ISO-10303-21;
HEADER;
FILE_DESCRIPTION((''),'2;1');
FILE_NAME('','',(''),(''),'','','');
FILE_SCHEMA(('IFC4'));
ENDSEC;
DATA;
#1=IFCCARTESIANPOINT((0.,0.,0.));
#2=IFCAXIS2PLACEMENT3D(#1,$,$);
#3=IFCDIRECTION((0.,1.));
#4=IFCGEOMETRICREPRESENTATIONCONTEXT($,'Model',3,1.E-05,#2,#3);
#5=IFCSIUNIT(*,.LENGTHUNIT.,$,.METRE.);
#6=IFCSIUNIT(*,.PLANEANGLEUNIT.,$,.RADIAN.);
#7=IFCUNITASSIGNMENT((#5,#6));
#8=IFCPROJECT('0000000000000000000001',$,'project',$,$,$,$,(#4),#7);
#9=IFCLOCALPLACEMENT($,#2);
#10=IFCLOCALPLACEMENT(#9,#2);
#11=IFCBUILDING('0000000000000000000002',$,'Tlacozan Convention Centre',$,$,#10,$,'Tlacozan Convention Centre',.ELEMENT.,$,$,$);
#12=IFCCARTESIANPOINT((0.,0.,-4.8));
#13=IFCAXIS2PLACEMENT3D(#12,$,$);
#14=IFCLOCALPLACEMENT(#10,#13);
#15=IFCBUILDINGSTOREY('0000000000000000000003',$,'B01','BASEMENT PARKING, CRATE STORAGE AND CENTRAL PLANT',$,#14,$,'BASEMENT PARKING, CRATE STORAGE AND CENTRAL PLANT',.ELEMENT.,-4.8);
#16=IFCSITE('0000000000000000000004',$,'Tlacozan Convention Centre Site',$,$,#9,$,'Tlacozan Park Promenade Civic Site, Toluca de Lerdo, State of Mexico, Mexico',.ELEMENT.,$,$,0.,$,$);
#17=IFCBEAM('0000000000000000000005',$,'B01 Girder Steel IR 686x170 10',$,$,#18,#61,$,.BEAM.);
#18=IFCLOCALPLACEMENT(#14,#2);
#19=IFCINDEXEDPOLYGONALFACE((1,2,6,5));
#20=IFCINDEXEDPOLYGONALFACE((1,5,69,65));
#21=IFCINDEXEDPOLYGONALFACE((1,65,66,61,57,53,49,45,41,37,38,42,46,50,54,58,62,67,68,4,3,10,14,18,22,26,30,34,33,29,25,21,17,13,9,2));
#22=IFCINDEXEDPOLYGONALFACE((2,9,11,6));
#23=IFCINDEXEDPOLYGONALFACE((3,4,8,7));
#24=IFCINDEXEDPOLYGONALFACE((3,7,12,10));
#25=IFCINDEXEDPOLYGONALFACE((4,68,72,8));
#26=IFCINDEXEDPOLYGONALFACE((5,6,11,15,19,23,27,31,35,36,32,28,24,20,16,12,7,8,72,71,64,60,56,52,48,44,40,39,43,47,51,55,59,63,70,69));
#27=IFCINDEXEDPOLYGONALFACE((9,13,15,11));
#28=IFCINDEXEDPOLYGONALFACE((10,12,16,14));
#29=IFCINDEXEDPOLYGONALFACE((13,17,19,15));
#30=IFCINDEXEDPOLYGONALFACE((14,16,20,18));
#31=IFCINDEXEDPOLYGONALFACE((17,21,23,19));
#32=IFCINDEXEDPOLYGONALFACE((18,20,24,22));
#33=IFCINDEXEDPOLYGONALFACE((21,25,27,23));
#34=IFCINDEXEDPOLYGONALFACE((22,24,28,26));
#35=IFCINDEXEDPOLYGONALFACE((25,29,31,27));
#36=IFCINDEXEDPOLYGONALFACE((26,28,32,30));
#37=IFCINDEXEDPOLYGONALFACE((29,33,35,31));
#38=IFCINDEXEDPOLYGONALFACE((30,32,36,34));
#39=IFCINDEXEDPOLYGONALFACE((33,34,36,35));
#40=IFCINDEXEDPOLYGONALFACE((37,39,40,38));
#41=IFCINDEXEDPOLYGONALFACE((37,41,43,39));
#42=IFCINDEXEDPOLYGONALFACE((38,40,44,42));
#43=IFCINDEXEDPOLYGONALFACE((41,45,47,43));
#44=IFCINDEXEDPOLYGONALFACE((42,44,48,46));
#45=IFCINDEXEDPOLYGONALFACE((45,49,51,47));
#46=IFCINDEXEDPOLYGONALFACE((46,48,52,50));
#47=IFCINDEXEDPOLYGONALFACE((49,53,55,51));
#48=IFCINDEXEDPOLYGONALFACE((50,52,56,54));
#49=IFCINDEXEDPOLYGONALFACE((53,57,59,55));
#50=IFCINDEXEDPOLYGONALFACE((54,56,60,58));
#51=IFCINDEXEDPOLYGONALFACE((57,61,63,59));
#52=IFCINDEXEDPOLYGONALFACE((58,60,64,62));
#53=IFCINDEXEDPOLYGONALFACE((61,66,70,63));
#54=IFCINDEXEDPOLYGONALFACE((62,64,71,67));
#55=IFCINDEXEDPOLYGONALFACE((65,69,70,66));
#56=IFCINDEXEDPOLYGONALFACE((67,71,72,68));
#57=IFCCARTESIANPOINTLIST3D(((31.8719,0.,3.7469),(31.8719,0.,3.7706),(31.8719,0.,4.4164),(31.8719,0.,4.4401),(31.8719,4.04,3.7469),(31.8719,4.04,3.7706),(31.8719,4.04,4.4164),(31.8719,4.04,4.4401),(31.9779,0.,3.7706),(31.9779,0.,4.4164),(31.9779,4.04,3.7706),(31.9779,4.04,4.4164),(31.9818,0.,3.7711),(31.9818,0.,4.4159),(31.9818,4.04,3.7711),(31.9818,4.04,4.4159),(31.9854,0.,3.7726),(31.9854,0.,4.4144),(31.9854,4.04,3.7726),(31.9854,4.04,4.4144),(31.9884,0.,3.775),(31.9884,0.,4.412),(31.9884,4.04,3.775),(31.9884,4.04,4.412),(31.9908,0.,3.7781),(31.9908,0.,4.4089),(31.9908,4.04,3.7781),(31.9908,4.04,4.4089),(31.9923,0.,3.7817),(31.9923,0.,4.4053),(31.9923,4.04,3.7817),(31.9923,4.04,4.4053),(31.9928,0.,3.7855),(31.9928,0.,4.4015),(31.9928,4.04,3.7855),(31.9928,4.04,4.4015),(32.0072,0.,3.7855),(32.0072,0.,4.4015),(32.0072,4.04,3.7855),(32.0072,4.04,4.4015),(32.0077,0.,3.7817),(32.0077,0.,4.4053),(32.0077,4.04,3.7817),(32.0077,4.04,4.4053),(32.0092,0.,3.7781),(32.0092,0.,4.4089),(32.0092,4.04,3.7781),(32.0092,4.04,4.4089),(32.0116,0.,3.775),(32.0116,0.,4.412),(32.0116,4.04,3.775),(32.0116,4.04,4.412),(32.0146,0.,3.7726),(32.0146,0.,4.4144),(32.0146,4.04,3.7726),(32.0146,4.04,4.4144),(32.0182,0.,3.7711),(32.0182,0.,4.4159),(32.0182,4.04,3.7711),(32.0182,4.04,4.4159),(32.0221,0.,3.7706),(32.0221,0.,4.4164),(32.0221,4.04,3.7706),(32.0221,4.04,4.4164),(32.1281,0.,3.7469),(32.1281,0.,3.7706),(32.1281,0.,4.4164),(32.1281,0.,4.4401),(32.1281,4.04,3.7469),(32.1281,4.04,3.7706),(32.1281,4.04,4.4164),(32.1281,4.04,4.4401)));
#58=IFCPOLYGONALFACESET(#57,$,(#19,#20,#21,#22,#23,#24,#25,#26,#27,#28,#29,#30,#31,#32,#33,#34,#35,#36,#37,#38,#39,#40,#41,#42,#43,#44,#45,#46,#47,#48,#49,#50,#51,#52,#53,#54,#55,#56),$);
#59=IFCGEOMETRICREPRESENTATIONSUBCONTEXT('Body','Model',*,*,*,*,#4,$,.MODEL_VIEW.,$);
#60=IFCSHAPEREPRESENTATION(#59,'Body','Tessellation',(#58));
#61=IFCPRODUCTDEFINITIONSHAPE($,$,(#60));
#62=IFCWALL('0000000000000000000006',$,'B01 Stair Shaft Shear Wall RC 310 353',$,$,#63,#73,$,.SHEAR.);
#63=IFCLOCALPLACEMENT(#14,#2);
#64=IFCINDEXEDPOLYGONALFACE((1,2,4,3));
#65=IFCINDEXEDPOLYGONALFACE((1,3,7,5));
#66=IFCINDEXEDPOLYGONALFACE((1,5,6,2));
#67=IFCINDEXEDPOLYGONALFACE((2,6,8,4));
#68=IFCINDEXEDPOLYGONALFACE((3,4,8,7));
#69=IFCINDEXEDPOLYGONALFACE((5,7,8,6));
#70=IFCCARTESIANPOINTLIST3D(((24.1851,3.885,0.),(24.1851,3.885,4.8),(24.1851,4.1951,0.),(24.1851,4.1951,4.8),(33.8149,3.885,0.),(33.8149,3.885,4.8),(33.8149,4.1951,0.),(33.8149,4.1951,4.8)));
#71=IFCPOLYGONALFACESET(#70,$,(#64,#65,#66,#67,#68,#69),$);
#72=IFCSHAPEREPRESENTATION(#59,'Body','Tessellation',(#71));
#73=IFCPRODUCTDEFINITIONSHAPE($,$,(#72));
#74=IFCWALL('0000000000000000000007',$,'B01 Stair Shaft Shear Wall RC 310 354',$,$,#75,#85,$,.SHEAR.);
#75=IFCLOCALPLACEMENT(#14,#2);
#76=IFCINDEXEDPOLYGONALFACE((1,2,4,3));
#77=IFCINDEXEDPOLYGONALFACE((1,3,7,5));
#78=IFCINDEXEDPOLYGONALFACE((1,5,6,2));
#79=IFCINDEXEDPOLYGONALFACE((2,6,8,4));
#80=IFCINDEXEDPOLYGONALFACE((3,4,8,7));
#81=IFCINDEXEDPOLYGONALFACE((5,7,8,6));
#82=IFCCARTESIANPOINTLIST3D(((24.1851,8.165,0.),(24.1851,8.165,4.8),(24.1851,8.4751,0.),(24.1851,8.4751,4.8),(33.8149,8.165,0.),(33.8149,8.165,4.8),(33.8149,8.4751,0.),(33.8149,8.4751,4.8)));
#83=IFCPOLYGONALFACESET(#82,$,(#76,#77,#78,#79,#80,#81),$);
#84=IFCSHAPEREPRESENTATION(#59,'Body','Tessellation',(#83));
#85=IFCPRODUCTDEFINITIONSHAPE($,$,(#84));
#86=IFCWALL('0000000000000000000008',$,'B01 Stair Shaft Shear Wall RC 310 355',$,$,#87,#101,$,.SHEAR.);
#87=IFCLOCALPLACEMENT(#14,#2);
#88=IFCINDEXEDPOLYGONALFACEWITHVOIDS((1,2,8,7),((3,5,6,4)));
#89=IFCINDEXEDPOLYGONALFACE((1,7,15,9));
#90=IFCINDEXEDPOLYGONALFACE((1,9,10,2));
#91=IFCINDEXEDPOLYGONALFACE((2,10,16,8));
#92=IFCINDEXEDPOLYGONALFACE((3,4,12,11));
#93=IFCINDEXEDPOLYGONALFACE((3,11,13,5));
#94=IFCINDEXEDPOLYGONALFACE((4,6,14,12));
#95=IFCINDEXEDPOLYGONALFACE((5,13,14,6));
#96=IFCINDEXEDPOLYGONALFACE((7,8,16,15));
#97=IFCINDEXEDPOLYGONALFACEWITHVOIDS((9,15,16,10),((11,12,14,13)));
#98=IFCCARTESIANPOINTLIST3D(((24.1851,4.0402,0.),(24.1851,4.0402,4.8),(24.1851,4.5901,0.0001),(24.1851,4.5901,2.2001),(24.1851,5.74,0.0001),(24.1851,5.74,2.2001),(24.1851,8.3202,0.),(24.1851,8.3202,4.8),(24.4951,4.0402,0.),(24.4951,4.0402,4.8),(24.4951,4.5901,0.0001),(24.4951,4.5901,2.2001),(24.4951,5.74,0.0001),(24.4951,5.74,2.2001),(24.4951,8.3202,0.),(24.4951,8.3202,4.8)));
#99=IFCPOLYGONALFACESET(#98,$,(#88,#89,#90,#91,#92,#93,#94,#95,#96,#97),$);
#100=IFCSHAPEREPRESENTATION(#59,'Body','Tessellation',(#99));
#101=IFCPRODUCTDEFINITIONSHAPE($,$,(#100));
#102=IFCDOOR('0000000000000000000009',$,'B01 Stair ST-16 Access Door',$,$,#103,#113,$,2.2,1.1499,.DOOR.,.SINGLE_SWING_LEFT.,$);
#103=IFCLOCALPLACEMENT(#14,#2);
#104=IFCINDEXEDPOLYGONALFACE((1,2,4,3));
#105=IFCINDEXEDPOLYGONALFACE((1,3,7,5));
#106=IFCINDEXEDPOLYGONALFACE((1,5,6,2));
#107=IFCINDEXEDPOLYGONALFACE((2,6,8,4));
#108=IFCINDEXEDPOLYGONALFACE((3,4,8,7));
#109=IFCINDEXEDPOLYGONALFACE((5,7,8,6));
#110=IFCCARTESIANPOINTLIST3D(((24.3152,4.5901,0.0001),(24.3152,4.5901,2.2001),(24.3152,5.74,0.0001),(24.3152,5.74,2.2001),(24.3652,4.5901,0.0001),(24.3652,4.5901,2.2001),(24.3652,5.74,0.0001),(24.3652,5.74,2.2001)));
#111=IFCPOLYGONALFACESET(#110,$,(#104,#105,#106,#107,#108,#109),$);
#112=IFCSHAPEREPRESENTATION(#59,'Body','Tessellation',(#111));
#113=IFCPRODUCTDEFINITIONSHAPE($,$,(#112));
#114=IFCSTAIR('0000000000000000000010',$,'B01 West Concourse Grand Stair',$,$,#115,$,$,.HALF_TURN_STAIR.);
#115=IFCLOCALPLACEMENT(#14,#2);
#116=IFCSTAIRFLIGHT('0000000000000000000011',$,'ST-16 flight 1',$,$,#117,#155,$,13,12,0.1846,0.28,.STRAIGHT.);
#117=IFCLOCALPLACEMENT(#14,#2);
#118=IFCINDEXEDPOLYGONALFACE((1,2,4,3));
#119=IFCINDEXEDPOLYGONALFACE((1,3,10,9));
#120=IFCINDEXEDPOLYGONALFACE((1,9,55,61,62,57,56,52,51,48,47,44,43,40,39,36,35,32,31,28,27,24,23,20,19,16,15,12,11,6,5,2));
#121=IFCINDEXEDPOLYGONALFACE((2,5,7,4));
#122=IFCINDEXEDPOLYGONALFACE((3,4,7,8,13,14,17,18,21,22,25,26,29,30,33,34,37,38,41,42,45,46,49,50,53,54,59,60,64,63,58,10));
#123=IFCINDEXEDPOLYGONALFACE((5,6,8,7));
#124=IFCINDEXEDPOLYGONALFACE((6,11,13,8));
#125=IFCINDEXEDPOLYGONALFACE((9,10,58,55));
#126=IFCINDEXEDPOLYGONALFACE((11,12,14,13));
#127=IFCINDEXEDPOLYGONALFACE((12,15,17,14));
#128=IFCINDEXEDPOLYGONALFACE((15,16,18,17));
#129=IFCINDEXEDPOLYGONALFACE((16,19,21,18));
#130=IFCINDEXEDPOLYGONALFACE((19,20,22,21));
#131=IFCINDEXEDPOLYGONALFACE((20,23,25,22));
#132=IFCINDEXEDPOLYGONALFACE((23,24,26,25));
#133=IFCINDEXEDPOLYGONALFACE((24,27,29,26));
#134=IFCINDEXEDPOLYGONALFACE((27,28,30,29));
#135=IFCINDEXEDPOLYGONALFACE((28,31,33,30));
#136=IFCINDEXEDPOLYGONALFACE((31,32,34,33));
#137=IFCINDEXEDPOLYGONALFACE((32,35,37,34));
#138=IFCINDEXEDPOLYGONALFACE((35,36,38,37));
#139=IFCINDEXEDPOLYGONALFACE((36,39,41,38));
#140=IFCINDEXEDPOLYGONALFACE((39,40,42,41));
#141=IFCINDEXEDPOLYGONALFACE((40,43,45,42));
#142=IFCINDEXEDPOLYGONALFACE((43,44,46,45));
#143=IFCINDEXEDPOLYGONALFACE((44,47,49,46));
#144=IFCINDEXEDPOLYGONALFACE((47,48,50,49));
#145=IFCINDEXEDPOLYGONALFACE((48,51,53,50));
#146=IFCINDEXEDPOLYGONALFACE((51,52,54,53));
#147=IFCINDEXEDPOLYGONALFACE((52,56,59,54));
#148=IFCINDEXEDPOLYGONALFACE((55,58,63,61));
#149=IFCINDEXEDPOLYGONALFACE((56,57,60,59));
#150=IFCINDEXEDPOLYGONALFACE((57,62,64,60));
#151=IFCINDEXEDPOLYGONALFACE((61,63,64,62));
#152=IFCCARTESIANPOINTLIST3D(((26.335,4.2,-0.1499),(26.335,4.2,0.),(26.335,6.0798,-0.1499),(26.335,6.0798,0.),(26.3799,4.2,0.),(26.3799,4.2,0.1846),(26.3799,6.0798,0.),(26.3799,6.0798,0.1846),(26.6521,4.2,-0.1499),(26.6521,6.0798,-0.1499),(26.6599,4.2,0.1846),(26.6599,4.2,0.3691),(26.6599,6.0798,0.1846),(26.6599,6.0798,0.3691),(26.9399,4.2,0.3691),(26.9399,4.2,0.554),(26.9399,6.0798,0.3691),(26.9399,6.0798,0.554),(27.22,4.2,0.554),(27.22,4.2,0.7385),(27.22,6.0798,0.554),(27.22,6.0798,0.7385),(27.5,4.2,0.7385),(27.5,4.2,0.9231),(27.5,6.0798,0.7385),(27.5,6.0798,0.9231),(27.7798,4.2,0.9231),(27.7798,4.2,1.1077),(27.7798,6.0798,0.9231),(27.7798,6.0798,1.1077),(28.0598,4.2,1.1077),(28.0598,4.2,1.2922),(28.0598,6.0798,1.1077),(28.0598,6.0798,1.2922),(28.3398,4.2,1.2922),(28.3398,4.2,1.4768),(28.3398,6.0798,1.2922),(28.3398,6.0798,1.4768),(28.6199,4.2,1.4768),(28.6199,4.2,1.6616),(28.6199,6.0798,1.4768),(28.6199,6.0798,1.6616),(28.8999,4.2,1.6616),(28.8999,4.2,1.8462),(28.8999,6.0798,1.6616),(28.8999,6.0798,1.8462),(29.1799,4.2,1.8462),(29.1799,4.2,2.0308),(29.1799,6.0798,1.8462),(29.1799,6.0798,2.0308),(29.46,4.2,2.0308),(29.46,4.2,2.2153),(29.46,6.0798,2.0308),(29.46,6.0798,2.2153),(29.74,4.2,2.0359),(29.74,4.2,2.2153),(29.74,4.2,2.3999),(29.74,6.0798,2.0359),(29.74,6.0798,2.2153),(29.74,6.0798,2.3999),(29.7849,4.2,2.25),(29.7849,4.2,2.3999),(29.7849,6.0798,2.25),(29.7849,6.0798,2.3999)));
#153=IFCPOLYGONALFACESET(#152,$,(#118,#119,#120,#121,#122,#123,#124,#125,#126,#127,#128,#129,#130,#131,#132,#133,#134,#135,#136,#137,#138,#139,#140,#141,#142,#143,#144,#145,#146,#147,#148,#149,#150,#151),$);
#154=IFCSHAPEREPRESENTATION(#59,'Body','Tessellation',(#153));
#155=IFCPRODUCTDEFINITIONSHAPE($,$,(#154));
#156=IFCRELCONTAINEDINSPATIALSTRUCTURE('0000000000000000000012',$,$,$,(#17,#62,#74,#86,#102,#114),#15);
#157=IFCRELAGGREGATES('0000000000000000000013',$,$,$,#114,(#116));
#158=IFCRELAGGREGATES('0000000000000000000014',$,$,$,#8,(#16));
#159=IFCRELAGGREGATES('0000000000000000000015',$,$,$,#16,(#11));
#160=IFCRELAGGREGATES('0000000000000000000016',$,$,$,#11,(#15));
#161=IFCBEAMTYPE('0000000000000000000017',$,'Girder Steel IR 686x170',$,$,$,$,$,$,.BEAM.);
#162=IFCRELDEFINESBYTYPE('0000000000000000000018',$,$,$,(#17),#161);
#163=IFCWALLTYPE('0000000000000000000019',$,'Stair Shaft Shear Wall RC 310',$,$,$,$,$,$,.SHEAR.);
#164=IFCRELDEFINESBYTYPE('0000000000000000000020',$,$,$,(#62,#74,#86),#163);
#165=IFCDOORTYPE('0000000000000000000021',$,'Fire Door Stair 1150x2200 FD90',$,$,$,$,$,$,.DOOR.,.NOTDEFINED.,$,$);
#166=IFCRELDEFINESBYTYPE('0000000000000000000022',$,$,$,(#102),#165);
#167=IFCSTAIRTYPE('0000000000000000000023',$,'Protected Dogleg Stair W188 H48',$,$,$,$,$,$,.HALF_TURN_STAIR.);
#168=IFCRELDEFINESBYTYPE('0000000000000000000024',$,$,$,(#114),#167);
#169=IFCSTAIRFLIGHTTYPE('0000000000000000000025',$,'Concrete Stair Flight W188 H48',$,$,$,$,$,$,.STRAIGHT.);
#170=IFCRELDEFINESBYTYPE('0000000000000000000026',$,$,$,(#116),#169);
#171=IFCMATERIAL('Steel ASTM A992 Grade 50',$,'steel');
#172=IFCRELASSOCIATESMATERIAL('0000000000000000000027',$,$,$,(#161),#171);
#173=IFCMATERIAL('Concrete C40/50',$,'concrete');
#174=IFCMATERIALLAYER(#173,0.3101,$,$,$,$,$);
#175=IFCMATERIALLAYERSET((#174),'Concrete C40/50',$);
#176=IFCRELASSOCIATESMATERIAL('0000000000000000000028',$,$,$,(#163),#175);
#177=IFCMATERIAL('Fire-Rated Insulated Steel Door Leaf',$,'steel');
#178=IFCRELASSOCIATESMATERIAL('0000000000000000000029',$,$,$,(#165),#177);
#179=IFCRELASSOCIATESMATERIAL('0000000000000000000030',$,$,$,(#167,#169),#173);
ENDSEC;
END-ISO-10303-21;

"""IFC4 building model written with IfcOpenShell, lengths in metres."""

from ifc_helpers import new_model, si_unit, direction, frame, frame_2d, origin, origin_2d, place, context, subcontext, project, spatial, polyline, rectangle, i_section, outline, extrude, material, layer, layer_set, material_profile, profile_set, type_object, element, fill, aggregate, save


model = new_model("IFC4")

# Units and contexts
model_context = context("Model", 3, precision=1e-05, world=origin(), true_north=direction((0.0, 1.0)))
body_context = subcontext(model_context, "Body", "Model", "MODEL_VIEW")
ifc_project = project(units=[si_unit("LENGTHUNIT", "METRE"), si_unit("PLANEANGLEUNIT", "RADIAN")], contexts=[model_context])

# Site, building, storey
site_placement = place(None, origin())
site = spatial("IfcSite", under=ifc_project, at=site_placement, Name="Tlacozan Convention Centre Site", LongName="Tlacozan Park Promenade Civic Site, Toluca de Lerdo, State of Mexico, Mexico", CompositionType="ELEMENT", RefElevation=0.0)
building_placement = place(site_placement, origin())
building = spatial("IfcBuilding", under=site, at=building_placement, Name="Tlacozan Convention Centre", LongName="Tlacozan Convention Centre", CompositionType="ELEMENT")
storey_placement = place(building_placement, frame((0.0, 0.0, -4.8)))
storey = spatial("IfcBuildingStorey", under=building, at=storey_placement, Name="B01", Description="BASEMENT PARKING, CRATE STORAGE AND CENTRAL PLANT", LongName="BASEMENT PARKING, CRATE STORAGE AND CENTRAL PLANT", CompositionType="ELEMENT", Elevation=-4.8)

# Shared definitions
ifc_material_1 = material(Name="Concrete C40/50", Category="concrete")

# Beam
ifc_material_2 = material(Name="Steel ASTM A992 Grade 50", Category="steel")
ifc_material_profile_1 = material_profile(ifc_material_2, i_section(OverallWidth=0.2561, OverallDepth=0.6931, WebThickness=0.0144, FlangeThickness=0.0237, FilletRadius=0.0149, at=origin_2d()), Name="IR 686x170.0")
ifc_profile_set_1 = profile_set([ifc_material_profile_1], Name="Steel ASTM A992 Grade 50")
beam_type_1 = type_object("IfcBeamType", Name="Girder Steel IR 686x170", PredefinedType="BEAM", material=ifc_profile_set_1)
beam_placement = place(storey_placement, frame((32.0, 0.0, 4.0935), z_axis=(0.0, 1.0, 0.0), x_axis=(-1.0, 0.0, 0.0)))
element("IfcBeam", 1, at=beam_placement, inside=storey, type_object=beam_type_1, Name="B01 Girder Steel IR 686x170 10", PredefinedType="BEAM", context=body_context, shape_type="SweptSolid", body=[
    extrude(i_section(OverallWidth=0.2561, OverallDepth=0.6931, WebThickness=0.0144, FlangeThickness=0.0237, FilletRadius=0.0149, at=origin_2d()), origin(), (0.0, 0.0, 1.0), 4.04),
])

# Walls
ifc_layer_1 = layer(ifc_material_1, 0.3101)
ifc_layer_set_1 = layer_set([ifc_layer_1], Name="Concrete C40/50")
wall_type = type_object("IfcWallType", Name="Stair Shaft Shear Wall RC 310", PredefinedType="SHEAR", material=ifc_layer_set_1)
for number, where, z_axis, x_axis, name in (
    (2, (24.1851, 4.04, 0.0), (0.0, 0.0, 1.0), (1.0, 0.0, 0.0), "B01 Stair Shaft Shear Wall RC 310 353"),
    (3, (24.1851, 8.3201, 0.0), (0.0, 0.0, 1.0), (1.0, 0.0, 0.0), "B01 Stair Shaft Shear Wall RC 310 354"),
):
    element("IfcWall", number, at=place(storey_placement, frame(where, z_axis=z_axis, x_axis=x_axis)), inside=storey, type_object=wall_type, Name=name, PredefinedType="SHEAR", context=body_context, shape_type="SweptSolid", body=[
        extrude(rectangle(XDim=9.6299, YDim=0.3101, at=frame_2d((4.8149, 0.0))), origin(), (0.0, 0.0, 1.0), 4.8),
    ])

# Wall, opening, door
wall_placement = place(storey_placement, frame((24.3401, 4.04, 0.0), z_axis=(0.0, 0.0, 1.0), x_axis=(0.0, 1.0, 0.0)))
wall = element("IfcWall", 4, at=wall_placement, inside=storey, type_object=wall_type, Name="B01 Stair Shaft Shear Wall RC 310 355", PredefinedType="SHEAR", context=body_context, shape_type="SweptSolid", body=[
    extrude(rectangle(XDim=4.28, YDim=0.3101, at=frame_2d((2.1401, 0.0))), origin(), (0.0, 0.0, 1.0), 4.8),
])
opening_placement = place(wall_placement, frame((0.55, 0.0, 0.0)))
opening = element("IfcOpeningElement", 5, at=opening_placement, cuts=wall, PredefinedType="OPENING", context=body_context, shape_type="SweptSolid", body=[
    extrude(rectangle(XDim=1.1499, YDim=2.2, at=frame_2d((0.575, 1.1001))), frame((0.0, 0.165, 0.0), z_axis=(0.0, -1.0, 0.0), x_axis=(1.0, 0.0, 0.0)), (0.0, 0.0, 1.0), 0.3301),
])
ifc_material_3 = material(Name="Fire-Rated Insulated Steel Door Leaf", Category="steel")
door_type = type_object("IfcDoorType", Name="Fire Door Stair 1150x2200 FD90", OperationType="NOTDEFINED", PredefinedType="DOOR", material=ifc_material_3)
door_placement = place(opening_placement, origin())
door = element("IfcDoor", 6, at=door_placement, inside=storey, type_object=door_type, Name="B01 Stair ST-16 Access Door", OperationType="SINGLE_SWING_LEFT", OverallHeight=2.2, OverallWidth=1.1499, PredefinedType="DOOR", context=body_context, shape_type="SweptSolid", body=[
    extrude(rectangle(XDim=1.1499, YDim=2.2, at=frame_2d((0.575, 1.1001))), frame((0.0, 0.0249, 0.0), z_axis=(0.0, -1.0, 0.0), x_axis=(1.0, 0.0, 0.0)), (0.0, 0.0, 1.0), 0.05),
])
fill(opening, door)

# Stair, stair flight
stair_type = type_object("IfcStairType", Name="Protected Dogleg Stair W188 H48", PredefinedType="HALF_TURN_STAIR", material=ifc_material_1)
stair_placement = place(storey_placement, origin())
stair = element("IfcStair", 7, at=stair_placement, inside=storey, type_object=stair_type, Name="B01 West Concourse Grand Stair", PredefinedType="HALF_TURN_STAIR")
stair_flight_type = type_object("IfcStairFlightType", Name="Concrete Stair Flight W188 H48", PredefinedType="STRAIGHT", material=ifc_material_1)
stair_flight_1_placement = place(storey_placement, frame((26.3799, 5.1399, 0.0), z_axis=(0.0, 0.0, 1.0), x_axis=(1.0, 0.0, 0.0)))
stair_flight_1 = element("IfcStairFlight", 8, at=stair_flight_1_placement, type_object=stair_flight_type, Name="ST-16 flight 1", NumberOfRisers=13, NumberOfTreads=12, PredefinedType="STRAIGHT", RiserHeight=0.1846, TreadLength=0.28, context=body_context, shape_type="SweptSolid", body=[
    extrude(outline(polyline([(-0.0449, -0.1499), (-0.0449, 0.0), (0.0, 0.0), (0.0, 0.1846), (0.28, 0.1846), (0.28, 0.3691), (0.5601, 0.3691), (0.5601, 0.554), (0.8401, 0.554), (0.8401, 0.7385), (1.1201, 0.7385), (1.1201, 0.9231), (1.3999, 0.9231), (1.3999, 1.1077), (1.6799, 1.1077), (1.6799, 1.2922), (1.96, 1.2922), (1.96, 1.4768), (2.24, 1.4768), (2.24, 1.6616), (2.52, 1.6616), (2.52, 1.8462), (2.8, 1.8462), (2.8, 2.0308), (3.0801, 2.0308), (3.0801, 2.2153), (3.3601, 2.2153), (3.3601, 2.3999), (3.405, 2.3999), (3.405, 2.25), (3.3601, 2.0359), (0.2722, -0.1499), (-0.0449, -0.1499)])), frame((0.0, 0.9399, 0.0), z_axis=(0.0, -1.0, 0.0), x_axis=(1.0, 0.0, 0.0)), (0.0, 0.0, 1.0), 1.8799),
])
aggregate(stair, [stair_flight_1])

save(model, "model.ifc")
